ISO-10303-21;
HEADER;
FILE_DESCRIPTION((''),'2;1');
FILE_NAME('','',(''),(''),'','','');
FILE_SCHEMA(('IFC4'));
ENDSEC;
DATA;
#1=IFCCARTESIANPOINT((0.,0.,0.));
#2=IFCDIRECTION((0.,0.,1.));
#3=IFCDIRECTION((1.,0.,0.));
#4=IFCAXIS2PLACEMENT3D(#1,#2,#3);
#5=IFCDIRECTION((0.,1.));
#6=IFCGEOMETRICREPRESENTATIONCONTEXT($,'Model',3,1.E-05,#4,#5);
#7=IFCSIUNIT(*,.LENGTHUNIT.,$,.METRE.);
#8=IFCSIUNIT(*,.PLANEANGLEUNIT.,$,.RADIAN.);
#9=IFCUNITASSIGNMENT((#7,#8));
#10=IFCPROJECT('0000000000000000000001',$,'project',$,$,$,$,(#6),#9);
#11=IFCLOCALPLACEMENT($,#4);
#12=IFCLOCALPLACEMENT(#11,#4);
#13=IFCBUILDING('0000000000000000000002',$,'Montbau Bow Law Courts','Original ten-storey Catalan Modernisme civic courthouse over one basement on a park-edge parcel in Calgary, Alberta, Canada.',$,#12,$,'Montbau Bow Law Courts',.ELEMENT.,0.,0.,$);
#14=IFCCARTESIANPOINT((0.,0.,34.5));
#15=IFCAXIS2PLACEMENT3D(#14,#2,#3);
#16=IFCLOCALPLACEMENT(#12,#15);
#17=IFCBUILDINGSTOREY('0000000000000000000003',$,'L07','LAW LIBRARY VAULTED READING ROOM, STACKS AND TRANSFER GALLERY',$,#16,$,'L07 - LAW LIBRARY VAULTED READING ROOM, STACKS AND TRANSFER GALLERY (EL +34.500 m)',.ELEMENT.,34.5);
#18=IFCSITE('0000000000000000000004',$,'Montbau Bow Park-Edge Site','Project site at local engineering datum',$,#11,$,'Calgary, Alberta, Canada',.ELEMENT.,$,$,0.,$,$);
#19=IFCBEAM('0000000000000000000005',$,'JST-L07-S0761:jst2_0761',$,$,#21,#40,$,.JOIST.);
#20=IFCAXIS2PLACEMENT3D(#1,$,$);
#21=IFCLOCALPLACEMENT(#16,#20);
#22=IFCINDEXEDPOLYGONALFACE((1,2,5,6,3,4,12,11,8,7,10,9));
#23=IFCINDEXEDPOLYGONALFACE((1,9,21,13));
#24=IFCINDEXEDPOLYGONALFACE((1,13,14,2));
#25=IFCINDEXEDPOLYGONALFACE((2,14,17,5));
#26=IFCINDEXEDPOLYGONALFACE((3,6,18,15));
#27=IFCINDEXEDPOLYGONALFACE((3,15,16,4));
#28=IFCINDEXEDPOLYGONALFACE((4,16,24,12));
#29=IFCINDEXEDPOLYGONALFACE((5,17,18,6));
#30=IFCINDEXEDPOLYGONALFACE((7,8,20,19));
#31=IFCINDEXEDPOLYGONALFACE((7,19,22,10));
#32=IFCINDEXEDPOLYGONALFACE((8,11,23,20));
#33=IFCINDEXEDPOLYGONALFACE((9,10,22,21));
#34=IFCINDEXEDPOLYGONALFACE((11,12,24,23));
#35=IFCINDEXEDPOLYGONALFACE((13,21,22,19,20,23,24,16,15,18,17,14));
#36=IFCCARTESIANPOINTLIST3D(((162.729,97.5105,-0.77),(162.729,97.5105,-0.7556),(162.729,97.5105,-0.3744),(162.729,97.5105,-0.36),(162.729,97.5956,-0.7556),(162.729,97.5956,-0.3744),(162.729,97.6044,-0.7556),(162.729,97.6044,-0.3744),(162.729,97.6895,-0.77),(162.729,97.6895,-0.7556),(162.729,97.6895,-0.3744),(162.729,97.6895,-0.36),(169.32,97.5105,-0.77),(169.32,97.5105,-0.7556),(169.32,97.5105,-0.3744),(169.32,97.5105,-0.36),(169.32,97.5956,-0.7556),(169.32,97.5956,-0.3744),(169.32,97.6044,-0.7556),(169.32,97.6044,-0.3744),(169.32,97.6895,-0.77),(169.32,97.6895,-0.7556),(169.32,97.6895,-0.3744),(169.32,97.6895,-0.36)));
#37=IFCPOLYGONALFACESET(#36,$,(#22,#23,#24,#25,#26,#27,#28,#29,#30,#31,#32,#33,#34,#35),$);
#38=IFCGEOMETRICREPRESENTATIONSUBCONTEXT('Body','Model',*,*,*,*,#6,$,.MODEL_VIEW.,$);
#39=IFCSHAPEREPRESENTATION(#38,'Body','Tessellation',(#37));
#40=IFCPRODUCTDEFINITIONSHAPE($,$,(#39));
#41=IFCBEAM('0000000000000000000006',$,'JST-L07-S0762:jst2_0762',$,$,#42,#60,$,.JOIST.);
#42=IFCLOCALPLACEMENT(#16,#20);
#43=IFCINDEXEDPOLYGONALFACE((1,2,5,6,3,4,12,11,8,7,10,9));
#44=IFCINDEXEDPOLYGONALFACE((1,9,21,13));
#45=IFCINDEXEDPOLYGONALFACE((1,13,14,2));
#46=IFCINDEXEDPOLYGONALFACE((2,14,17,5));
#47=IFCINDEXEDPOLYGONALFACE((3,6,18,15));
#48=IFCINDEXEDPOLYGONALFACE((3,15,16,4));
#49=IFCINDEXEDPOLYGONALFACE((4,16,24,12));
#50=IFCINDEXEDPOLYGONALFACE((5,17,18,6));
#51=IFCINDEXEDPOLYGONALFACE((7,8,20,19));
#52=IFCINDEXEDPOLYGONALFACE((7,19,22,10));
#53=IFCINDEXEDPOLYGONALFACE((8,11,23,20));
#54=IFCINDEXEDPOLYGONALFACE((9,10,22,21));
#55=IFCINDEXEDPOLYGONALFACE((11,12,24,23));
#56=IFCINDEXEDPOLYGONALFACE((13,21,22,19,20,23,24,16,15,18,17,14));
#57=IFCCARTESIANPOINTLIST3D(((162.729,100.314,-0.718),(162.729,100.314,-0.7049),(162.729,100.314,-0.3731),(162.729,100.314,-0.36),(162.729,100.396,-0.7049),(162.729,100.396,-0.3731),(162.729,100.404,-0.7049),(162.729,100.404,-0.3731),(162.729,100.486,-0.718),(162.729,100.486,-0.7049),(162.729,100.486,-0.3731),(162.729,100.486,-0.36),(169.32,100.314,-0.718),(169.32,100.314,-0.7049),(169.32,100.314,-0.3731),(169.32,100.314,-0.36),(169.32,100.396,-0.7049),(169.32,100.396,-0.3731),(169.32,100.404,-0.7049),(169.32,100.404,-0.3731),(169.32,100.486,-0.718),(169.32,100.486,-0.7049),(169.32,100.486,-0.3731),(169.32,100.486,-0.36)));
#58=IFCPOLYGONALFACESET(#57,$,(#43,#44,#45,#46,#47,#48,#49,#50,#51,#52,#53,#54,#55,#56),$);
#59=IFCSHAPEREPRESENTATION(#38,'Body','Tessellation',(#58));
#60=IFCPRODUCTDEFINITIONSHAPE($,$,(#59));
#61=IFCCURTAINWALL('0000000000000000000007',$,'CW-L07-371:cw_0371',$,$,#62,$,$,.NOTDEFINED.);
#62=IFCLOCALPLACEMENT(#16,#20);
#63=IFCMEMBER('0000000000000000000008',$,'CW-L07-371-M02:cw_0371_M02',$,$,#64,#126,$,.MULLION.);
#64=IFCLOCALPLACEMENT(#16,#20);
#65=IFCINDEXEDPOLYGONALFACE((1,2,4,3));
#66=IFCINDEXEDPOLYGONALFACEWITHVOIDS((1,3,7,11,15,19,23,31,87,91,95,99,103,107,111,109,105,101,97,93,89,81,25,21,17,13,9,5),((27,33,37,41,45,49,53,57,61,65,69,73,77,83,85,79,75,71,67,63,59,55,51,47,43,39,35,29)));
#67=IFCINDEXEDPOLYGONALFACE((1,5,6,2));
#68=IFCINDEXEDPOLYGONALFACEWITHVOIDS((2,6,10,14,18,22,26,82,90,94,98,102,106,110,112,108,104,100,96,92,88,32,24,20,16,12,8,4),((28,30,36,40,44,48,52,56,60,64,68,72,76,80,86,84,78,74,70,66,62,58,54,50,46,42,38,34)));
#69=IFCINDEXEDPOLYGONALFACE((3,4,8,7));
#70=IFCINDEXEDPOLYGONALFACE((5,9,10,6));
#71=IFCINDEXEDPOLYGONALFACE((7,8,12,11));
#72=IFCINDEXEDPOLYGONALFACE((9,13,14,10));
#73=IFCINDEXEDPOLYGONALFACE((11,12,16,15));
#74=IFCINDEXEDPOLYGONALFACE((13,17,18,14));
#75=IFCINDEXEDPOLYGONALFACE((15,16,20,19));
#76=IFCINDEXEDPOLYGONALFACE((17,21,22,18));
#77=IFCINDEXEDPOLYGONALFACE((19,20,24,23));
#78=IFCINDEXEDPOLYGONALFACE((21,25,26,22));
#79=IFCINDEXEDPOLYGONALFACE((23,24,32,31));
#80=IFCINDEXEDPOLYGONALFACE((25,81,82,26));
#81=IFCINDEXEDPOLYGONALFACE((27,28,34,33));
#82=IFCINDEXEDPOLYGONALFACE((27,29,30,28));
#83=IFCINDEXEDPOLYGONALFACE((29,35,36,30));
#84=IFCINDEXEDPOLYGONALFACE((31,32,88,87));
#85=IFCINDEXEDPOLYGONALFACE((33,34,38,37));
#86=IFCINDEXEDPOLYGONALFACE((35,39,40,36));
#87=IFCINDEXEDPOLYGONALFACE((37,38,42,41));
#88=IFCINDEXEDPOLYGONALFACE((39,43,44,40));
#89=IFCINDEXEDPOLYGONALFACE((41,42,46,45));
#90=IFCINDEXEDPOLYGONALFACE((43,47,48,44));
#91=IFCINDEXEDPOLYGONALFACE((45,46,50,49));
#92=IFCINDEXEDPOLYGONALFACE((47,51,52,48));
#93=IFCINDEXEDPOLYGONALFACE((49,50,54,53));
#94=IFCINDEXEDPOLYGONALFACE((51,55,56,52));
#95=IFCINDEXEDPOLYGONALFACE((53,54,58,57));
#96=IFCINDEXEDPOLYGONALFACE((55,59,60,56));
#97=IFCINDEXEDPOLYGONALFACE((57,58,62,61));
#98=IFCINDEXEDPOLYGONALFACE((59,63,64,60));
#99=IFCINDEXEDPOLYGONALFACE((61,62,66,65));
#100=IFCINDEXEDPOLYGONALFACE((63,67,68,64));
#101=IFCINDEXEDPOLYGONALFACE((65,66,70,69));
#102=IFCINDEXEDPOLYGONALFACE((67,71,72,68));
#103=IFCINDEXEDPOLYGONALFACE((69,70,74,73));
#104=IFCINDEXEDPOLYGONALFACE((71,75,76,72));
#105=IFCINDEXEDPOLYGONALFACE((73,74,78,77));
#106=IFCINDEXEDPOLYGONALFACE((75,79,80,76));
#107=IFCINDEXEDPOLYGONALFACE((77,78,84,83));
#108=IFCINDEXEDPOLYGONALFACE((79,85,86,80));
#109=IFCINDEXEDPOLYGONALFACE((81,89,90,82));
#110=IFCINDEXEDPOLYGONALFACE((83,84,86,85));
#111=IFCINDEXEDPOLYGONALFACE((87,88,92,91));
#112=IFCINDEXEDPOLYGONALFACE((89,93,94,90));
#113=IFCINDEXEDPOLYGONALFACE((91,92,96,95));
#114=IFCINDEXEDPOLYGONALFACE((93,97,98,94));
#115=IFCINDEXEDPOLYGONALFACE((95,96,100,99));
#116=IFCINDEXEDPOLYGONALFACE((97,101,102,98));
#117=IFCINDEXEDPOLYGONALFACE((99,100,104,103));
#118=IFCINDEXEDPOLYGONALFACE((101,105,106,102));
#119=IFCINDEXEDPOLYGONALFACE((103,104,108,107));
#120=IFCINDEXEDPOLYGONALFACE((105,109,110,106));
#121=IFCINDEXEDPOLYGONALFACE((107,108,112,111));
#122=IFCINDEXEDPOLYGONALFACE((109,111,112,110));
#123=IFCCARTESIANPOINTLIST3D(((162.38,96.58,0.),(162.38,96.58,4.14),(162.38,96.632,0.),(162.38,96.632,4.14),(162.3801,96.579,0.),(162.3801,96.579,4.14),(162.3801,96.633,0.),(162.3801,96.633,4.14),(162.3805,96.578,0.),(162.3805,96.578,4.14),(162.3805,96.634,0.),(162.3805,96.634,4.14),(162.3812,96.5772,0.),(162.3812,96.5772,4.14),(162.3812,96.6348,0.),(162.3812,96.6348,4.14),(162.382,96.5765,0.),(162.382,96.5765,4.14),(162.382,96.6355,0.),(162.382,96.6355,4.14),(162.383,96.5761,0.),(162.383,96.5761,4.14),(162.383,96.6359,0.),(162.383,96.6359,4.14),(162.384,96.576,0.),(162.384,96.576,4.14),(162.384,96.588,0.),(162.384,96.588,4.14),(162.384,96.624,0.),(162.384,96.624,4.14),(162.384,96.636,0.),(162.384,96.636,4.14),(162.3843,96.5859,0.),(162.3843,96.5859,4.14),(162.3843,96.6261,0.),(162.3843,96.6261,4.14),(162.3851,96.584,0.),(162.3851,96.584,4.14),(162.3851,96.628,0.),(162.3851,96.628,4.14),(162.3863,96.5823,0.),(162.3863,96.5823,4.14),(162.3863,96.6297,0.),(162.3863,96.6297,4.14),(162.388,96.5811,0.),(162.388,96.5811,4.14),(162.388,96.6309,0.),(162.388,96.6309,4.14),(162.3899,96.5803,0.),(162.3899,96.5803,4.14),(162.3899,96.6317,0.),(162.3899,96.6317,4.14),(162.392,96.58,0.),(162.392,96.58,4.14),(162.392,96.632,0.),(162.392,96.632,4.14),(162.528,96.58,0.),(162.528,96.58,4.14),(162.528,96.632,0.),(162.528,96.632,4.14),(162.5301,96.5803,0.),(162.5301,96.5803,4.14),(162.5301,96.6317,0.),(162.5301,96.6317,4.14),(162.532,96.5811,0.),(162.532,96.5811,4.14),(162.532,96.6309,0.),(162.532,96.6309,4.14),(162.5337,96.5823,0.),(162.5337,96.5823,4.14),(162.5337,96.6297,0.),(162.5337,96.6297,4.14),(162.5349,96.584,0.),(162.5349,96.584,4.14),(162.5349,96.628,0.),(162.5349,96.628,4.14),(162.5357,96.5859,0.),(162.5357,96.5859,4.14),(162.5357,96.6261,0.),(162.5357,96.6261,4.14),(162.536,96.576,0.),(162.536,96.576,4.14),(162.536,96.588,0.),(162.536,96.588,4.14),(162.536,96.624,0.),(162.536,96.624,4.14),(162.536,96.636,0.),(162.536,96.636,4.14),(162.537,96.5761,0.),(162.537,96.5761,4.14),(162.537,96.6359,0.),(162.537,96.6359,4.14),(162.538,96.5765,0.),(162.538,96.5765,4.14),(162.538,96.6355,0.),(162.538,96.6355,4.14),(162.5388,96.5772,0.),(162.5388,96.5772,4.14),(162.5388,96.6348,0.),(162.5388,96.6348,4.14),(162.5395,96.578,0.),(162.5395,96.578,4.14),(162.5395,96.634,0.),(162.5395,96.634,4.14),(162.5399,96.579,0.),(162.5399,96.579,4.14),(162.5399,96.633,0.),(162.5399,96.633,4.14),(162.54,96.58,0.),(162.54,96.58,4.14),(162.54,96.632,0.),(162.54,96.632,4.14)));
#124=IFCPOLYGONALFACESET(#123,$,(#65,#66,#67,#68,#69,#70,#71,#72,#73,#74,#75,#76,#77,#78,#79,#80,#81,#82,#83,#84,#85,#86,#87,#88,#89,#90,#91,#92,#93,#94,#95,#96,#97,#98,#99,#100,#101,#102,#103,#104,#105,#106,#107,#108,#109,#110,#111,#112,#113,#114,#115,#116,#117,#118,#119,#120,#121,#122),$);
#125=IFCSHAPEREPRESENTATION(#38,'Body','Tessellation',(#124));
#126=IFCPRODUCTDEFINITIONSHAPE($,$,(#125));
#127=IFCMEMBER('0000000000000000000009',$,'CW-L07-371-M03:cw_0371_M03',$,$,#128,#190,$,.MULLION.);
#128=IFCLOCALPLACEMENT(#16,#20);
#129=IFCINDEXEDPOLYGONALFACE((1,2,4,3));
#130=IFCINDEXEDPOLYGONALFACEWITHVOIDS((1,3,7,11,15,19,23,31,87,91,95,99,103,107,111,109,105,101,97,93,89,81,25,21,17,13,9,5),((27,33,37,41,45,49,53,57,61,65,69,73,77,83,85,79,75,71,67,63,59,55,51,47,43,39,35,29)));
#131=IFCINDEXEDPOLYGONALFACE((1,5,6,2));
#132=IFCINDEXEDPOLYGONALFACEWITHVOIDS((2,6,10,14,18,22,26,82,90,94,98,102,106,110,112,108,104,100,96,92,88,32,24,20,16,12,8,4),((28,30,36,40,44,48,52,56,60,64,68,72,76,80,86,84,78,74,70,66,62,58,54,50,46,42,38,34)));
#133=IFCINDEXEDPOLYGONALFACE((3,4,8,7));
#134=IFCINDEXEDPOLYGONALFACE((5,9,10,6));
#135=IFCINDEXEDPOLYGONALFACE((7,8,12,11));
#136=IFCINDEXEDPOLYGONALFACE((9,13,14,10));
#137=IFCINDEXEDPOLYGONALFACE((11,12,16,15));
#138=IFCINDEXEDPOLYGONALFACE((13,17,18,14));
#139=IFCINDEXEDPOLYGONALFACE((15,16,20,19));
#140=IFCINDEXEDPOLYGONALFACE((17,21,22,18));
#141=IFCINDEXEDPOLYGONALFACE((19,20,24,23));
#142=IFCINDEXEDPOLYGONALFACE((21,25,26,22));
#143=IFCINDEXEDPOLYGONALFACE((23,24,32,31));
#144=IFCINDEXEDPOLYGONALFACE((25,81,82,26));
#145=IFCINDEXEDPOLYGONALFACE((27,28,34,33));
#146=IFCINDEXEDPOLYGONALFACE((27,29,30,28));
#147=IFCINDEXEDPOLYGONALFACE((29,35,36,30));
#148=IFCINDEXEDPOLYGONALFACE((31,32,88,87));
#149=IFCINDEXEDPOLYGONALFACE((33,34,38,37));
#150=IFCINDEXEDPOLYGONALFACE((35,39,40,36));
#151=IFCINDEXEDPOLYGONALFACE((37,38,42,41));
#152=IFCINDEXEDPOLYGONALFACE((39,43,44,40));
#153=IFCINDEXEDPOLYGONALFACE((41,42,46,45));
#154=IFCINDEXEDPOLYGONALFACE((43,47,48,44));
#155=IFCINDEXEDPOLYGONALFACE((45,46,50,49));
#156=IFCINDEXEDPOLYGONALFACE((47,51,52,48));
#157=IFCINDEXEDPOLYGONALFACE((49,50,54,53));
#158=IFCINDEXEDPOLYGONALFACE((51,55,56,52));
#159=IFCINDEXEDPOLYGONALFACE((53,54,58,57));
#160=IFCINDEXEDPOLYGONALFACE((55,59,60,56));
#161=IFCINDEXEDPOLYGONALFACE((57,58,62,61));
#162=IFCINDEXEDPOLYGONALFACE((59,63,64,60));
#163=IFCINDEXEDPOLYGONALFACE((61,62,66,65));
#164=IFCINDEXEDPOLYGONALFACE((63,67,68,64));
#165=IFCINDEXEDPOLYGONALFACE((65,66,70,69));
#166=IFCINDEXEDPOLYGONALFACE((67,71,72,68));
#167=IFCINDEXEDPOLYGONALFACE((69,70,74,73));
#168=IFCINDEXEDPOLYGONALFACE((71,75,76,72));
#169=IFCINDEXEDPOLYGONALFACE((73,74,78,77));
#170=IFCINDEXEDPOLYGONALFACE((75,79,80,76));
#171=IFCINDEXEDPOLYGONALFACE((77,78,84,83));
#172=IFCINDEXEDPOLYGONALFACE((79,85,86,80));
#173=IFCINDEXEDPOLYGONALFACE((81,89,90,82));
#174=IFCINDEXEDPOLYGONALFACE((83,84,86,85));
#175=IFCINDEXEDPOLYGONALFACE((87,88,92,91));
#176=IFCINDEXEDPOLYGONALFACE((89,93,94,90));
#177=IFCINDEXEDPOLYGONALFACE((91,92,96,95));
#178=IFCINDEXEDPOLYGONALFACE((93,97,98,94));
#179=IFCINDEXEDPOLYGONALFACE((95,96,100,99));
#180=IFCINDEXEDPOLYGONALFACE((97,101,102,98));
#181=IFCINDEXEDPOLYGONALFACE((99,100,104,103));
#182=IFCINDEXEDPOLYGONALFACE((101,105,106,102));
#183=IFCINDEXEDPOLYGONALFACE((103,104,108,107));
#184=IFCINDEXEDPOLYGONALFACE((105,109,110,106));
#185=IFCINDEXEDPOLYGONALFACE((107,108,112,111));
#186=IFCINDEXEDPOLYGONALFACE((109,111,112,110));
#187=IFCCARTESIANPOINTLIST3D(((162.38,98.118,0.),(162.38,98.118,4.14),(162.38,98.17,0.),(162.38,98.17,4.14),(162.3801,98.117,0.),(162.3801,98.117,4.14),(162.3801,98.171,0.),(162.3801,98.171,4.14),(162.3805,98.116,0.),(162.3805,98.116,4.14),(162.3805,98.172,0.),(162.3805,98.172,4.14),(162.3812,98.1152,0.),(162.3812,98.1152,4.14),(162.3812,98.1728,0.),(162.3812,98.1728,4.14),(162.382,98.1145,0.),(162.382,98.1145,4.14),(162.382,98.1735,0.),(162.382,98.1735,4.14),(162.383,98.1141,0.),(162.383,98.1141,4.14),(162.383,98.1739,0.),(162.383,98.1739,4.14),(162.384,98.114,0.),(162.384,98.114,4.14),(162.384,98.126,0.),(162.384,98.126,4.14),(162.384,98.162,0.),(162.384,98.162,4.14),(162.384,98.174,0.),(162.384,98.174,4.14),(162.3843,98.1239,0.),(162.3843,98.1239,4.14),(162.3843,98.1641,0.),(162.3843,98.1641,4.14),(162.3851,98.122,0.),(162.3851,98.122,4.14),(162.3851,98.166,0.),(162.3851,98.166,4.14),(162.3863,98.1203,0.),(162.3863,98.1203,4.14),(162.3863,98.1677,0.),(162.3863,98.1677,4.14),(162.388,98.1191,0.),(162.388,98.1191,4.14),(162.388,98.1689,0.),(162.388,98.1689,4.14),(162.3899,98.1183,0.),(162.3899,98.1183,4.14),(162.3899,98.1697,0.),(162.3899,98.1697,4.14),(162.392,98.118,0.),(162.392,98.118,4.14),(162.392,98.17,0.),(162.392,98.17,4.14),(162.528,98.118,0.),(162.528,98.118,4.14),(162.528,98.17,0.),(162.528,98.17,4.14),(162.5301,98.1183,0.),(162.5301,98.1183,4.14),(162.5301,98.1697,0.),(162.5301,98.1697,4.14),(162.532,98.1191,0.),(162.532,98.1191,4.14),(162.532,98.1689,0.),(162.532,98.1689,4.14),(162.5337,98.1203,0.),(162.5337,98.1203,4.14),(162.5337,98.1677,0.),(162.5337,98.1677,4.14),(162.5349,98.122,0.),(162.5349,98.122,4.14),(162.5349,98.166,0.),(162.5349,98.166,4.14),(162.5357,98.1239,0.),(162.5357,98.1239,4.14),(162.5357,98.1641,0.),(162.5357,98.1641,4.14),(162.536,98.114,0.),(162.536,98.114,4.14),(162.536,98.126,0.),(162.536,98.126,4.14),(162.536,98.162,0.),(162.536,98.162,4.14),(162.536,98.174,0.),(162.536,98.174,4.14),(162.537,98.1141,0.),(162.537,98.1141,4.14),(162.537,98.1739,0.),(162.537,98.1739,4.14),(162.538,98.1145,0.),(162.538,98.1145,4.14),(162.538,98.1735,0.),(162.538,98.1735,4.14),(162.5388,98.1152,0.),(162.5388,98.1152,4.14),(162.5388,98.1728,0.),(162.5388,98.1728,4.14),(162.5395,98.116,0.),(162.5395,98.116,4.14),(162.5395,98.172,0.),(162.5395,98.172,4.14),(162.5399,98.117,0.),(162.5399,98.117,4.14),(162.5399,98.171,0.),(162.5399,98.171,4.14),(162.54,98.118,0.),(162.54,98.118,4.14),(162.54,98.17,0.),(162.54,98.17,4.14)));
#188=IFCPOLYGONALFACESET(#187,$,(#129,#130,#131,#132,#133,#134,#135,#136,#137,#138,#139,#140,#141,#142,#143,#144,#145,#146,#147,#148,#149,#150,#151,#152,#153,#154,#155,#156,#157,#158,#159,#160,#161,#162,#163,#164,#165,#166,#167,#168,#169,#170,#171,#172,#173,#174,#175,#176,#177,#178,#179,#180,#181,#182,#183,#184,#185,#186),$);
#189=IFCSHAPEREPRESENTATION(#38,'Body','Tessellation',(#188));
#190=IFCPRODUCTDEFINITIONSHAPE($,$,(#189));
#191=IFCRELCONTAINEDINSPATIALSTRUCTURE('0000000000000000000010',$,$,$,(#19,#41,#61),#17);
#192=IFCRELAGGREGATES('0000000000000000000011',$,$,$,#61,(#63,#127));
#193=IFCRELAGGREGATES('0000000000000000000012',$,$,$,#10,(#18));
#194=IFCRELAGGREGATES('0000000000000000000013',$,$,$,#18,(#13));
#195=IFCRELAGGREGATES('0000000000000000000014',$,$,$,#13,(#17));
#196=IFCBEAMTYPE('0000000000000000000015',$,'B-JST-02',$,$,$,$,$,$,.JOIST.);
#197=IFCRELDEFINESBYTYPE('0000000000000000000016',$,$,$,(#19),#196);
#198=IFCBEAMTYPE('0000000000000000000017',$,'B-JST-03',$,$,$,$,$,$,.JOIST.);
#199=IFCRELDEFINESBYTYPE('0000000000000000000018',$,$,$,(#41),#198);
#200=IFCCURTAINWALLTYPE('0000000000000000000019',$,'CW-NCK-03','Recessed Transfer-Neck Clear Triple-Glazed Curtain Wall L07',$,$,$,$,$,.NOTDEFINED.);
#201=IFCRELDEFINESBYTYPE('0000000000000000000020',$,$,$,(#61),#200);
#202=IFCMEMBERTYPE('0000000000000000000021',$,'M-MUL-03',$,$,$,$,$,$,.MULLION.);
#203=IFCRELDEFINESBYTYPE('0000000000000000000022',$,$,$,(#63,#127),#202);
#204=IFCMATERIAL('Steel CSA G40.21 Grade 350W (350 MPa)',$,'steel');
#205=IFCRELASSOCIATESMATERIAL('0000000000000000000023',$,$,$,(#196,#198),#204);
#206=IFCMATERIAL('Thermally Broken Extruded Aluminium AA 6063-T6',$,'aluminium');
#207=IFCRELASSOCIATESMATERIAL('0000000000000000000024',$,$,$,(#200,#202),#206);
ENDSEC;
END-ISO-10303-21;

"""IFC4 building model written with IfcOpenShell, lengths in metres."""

from ifc_helpers import new_model, si_unit, direction, frame, origin_with_axes, origin_2d_with_axis, place, context, subcontext, project, spatial, hollow_rectangle, i_section, extrude, material, material_profile, profile_set, type_object, element, aggregate, save


model = new_model("IFC4")

# Units and contexts
model_context = context("Model", 3, precision=1e-05, world=origin_with_axes(), true_north=direction((0.0, 1.0)))
body_context = subcontext(model_context, "Body", "Model", "MODEL_VIEW")
ifc_project = project(units=[si_unit("LENGTHUNIT", "METRE"), si_unit("PLANEANGLEUNIT", "RADIAN")], contexts=[model_context])

# Site, building, storey
site_placement = place(None, origin_with_axes())
site = spatial("IfcSite", under=ifc_project, at=site_placement, Name="Montbau Bow Park-Edge Site", Description="Project site at local engineering datum", LongName="Calgary, Alberta, Canada", CompositionType="ELEMENT", RefElevation=0.0)
building_placement = place(site_placement, origin_with_axes())
building = spatial("IfcBuilding", under=site, at=building_placement, Name="Montbau Bow Law Courts", Description="Original ten-storey Catalan Modernisme civic courthouse over one basement on a park-edge parcel in Calgary, Alberta, Canada.", LongName="Montbau Bow Law Courts", CompositionType="ELEMENT", ElevationOfRefHeight=0.0, ElevationOfTerrain=0.0)
storey_placement = place(building_placement, frame((0.0, 0.0, 34.5), z_axis=(0.0, 0.0, 1.0), x_axis=(1.0, 0.0, 0.0)))
storey = spatial("IfcBuildingStorey", under=building, at=storey_placement, Name="L07", Description="LAW LIBRARY VAULTED READING ROOM, STACKS AND TRANSFER GALLERY", LongName="L07 - LAW LIBRARY VAULTED READING ROOM, STACKS AND TRANSFER GALLERY (EL +34.500 m)", CompositionType="ELEMENT", Elevation=34.5)

# Beams
ifc_material_1 = material(Name="Steel CSA G40.21 Grade 350W (350 MPa)", Category="steel")
ifc_material_profile_1 = material_profile(ifc_material_1, i_section(OverallWidth=0.179, OverallDepth=0.41, WebThickness=0.0088, FlangeThickness=0.0144, at=origin_2d_with_axis()), Name="W410X67", Category="Main", Priority=0)
ifc_profile_set_1 = profile_set([ifc_material_profile_1], Name="Steel CSA G40.21 Grade 350W (350 MPa)")
beam_type_1 = type_object("IfcBeamType", Name="B-JST-02", PredefinedType="JOIST", material=ifc_profile_set_1)
beam_1_placement = place(None, frame((162.729, 97.6, 33.935), z_axis=(1.0, 0.0, 0.0), x_axis=(0.0, 1.0, 0.0)))
element("IfcBeam", 1, at=beam_1_placement, inside=storey, type_object=beam_type_1, Name="JST-L07-S0761:jst2_0761", PredefinedType="JOIST", context=body_context, shape_type="SweptSolid", body=[
    extrude(i_section(OverallWidth=0.179, OverallDepth=0.41, WebThickness=0.0088, FlangeThickness=0.0144, at=origin_2d_with_axis()), origin_with_axes(), (0.0, 0.0, 1.0), 6.591),
])
ifc_material_profile_2 = material_profile(ifc_material_1, i_section(OverallWidth=0.172, OverallDepth=0.358, WebThickness=0.0079, FlangeThickness=0.0131, at=origin_2d_with_axis()), Name="W360X57", Category="Main", Priority=0)
ifc_profile_set_2 = profile_set([ifc_material_profile_2], Name="Steel CSA G40.21 Grade 350W (350 MPa)")
beam_type_2 = type_object("IfcBeamType", Name="B-JST-03", PredefinedType="JOIST", material=ifc_profile_set_2)
beam_2_placement = place(None, frame((162.729, 100.4, 33.961), z_axis=(1.0, 0.0, 0.0), x_axis=(0.0, 1.0, 0.0)))
element("IfcBeam", 2, at=beam_2_placement, inside=storey, type_object=beam_type_2, Name="JST-L07-S0762:jst2_0762", PredefinedType="JOIST", context=body_context, shape_type="SweptSolid", body=[
    extrude(i_section(OverallWidth=0.172, OverallDepth=0.358, WebThickness=0.0079, FlangeThickness=0.0131, at=origin_2d_with_axis()), origin_with_axes(), (0.0, 0.0, 1.0), 6.591),
])

# Curtain wall, members
ifc_material_2 = material(Name="Thermally Broken Extruded Aluminium AA 6063-T6", Category="aluminium")
curtain_wall_type = type_object("IfcCurtainWallType", Name="CW-NCK-03", Description="Recessed Transfer-Neck Clear Triple-Glazed Curtain Wall L07", PredefinedType="NOTDEFINED", material=ifc_material_2)
curtain_wall_placement = place(None, frame((162.46, 95.067, 34.5), z_axis=(0.0, 0.0, 1.0), x_axis=(1.0, 0.0, 0.0)))
curtain_wall = element("IfcCurtainWall", 3, at=curtain_wall_placement, inside=storey, type_object=curtain_wall_type, Name="CW-L07-371:cw_0371", PredefinedType="NOTDEFINED")
ifc_material_profile_3 = material_profile(ifc_material_2, hollow_rectangle(XDim=0.06, YDim=0.16, WallThickness=0.004, InnerFilletRadius=0.008, OuterFilletRadius=0.004, at=origin_2d_with_axis()), Name="CWM-160X60", Category="Main", Priority=0)
ifc_profile_set_3 = profile_set([ifc_material_profile_3], Name="Thermally Broken Extruded Aluminium AA 6063-T6")
member_type_1 = type_object("IfcMemberType", Name="M-MUL-03", PredefinedType="MULLION", material=ifc_profile_set_3)
member_1_placement = place(None, frame((162.46, 96.606, 34.5), z_axis=(0.0, 0.0, 1.0), x_axis=(0.0, 1.0, 0.0)))
member_1 = element("IfcMember", 4, at=member_1_placement, type_object=member_type_1, Name="CW-L07-371-M02:cw_0371_M02", PredefinedType="MULLION", context=body_context, shape_type="SweptSolid", body=[
    extrude(hollow_rectangle(XDim=0.06, YDim=0.16, WallThickness=0.004, InnerFilletRadius=0.008, OuterFilletRadius=0.004, at=origin_2d_with_axis()), origin_with_axes(), (0.0, 0.0, 1.0), 4.14),
])
member_2_placement = place(None, frame((162.46, 98.144, 34.5), z_axis=(0.0, 0.0, 1.0), x_axis=(0.0, 1.0, 0.0)))
member_2 = element("IfcMember", 5, at=member_2_placement, type_object=member_type_1, Name="CW-L07-371-M03:cw_0371_M03", PredefinedType="MULLION", context=body_context, shape_type="SweptSolid", body=[
    extrude(hollow_rectangle(XDim=0.06, YDim=0.16, WallThickness=0.004, InnerFilletRadius=0.008, OuterFilletRadius=0.004, at=origin_2d_with_axis()), origin_with_axes(), (0.0, 0.0, 1.0), 4.14),
])
aggregate(curtain_wall, [member_1, member_2])

save(model, "model.ifc")
